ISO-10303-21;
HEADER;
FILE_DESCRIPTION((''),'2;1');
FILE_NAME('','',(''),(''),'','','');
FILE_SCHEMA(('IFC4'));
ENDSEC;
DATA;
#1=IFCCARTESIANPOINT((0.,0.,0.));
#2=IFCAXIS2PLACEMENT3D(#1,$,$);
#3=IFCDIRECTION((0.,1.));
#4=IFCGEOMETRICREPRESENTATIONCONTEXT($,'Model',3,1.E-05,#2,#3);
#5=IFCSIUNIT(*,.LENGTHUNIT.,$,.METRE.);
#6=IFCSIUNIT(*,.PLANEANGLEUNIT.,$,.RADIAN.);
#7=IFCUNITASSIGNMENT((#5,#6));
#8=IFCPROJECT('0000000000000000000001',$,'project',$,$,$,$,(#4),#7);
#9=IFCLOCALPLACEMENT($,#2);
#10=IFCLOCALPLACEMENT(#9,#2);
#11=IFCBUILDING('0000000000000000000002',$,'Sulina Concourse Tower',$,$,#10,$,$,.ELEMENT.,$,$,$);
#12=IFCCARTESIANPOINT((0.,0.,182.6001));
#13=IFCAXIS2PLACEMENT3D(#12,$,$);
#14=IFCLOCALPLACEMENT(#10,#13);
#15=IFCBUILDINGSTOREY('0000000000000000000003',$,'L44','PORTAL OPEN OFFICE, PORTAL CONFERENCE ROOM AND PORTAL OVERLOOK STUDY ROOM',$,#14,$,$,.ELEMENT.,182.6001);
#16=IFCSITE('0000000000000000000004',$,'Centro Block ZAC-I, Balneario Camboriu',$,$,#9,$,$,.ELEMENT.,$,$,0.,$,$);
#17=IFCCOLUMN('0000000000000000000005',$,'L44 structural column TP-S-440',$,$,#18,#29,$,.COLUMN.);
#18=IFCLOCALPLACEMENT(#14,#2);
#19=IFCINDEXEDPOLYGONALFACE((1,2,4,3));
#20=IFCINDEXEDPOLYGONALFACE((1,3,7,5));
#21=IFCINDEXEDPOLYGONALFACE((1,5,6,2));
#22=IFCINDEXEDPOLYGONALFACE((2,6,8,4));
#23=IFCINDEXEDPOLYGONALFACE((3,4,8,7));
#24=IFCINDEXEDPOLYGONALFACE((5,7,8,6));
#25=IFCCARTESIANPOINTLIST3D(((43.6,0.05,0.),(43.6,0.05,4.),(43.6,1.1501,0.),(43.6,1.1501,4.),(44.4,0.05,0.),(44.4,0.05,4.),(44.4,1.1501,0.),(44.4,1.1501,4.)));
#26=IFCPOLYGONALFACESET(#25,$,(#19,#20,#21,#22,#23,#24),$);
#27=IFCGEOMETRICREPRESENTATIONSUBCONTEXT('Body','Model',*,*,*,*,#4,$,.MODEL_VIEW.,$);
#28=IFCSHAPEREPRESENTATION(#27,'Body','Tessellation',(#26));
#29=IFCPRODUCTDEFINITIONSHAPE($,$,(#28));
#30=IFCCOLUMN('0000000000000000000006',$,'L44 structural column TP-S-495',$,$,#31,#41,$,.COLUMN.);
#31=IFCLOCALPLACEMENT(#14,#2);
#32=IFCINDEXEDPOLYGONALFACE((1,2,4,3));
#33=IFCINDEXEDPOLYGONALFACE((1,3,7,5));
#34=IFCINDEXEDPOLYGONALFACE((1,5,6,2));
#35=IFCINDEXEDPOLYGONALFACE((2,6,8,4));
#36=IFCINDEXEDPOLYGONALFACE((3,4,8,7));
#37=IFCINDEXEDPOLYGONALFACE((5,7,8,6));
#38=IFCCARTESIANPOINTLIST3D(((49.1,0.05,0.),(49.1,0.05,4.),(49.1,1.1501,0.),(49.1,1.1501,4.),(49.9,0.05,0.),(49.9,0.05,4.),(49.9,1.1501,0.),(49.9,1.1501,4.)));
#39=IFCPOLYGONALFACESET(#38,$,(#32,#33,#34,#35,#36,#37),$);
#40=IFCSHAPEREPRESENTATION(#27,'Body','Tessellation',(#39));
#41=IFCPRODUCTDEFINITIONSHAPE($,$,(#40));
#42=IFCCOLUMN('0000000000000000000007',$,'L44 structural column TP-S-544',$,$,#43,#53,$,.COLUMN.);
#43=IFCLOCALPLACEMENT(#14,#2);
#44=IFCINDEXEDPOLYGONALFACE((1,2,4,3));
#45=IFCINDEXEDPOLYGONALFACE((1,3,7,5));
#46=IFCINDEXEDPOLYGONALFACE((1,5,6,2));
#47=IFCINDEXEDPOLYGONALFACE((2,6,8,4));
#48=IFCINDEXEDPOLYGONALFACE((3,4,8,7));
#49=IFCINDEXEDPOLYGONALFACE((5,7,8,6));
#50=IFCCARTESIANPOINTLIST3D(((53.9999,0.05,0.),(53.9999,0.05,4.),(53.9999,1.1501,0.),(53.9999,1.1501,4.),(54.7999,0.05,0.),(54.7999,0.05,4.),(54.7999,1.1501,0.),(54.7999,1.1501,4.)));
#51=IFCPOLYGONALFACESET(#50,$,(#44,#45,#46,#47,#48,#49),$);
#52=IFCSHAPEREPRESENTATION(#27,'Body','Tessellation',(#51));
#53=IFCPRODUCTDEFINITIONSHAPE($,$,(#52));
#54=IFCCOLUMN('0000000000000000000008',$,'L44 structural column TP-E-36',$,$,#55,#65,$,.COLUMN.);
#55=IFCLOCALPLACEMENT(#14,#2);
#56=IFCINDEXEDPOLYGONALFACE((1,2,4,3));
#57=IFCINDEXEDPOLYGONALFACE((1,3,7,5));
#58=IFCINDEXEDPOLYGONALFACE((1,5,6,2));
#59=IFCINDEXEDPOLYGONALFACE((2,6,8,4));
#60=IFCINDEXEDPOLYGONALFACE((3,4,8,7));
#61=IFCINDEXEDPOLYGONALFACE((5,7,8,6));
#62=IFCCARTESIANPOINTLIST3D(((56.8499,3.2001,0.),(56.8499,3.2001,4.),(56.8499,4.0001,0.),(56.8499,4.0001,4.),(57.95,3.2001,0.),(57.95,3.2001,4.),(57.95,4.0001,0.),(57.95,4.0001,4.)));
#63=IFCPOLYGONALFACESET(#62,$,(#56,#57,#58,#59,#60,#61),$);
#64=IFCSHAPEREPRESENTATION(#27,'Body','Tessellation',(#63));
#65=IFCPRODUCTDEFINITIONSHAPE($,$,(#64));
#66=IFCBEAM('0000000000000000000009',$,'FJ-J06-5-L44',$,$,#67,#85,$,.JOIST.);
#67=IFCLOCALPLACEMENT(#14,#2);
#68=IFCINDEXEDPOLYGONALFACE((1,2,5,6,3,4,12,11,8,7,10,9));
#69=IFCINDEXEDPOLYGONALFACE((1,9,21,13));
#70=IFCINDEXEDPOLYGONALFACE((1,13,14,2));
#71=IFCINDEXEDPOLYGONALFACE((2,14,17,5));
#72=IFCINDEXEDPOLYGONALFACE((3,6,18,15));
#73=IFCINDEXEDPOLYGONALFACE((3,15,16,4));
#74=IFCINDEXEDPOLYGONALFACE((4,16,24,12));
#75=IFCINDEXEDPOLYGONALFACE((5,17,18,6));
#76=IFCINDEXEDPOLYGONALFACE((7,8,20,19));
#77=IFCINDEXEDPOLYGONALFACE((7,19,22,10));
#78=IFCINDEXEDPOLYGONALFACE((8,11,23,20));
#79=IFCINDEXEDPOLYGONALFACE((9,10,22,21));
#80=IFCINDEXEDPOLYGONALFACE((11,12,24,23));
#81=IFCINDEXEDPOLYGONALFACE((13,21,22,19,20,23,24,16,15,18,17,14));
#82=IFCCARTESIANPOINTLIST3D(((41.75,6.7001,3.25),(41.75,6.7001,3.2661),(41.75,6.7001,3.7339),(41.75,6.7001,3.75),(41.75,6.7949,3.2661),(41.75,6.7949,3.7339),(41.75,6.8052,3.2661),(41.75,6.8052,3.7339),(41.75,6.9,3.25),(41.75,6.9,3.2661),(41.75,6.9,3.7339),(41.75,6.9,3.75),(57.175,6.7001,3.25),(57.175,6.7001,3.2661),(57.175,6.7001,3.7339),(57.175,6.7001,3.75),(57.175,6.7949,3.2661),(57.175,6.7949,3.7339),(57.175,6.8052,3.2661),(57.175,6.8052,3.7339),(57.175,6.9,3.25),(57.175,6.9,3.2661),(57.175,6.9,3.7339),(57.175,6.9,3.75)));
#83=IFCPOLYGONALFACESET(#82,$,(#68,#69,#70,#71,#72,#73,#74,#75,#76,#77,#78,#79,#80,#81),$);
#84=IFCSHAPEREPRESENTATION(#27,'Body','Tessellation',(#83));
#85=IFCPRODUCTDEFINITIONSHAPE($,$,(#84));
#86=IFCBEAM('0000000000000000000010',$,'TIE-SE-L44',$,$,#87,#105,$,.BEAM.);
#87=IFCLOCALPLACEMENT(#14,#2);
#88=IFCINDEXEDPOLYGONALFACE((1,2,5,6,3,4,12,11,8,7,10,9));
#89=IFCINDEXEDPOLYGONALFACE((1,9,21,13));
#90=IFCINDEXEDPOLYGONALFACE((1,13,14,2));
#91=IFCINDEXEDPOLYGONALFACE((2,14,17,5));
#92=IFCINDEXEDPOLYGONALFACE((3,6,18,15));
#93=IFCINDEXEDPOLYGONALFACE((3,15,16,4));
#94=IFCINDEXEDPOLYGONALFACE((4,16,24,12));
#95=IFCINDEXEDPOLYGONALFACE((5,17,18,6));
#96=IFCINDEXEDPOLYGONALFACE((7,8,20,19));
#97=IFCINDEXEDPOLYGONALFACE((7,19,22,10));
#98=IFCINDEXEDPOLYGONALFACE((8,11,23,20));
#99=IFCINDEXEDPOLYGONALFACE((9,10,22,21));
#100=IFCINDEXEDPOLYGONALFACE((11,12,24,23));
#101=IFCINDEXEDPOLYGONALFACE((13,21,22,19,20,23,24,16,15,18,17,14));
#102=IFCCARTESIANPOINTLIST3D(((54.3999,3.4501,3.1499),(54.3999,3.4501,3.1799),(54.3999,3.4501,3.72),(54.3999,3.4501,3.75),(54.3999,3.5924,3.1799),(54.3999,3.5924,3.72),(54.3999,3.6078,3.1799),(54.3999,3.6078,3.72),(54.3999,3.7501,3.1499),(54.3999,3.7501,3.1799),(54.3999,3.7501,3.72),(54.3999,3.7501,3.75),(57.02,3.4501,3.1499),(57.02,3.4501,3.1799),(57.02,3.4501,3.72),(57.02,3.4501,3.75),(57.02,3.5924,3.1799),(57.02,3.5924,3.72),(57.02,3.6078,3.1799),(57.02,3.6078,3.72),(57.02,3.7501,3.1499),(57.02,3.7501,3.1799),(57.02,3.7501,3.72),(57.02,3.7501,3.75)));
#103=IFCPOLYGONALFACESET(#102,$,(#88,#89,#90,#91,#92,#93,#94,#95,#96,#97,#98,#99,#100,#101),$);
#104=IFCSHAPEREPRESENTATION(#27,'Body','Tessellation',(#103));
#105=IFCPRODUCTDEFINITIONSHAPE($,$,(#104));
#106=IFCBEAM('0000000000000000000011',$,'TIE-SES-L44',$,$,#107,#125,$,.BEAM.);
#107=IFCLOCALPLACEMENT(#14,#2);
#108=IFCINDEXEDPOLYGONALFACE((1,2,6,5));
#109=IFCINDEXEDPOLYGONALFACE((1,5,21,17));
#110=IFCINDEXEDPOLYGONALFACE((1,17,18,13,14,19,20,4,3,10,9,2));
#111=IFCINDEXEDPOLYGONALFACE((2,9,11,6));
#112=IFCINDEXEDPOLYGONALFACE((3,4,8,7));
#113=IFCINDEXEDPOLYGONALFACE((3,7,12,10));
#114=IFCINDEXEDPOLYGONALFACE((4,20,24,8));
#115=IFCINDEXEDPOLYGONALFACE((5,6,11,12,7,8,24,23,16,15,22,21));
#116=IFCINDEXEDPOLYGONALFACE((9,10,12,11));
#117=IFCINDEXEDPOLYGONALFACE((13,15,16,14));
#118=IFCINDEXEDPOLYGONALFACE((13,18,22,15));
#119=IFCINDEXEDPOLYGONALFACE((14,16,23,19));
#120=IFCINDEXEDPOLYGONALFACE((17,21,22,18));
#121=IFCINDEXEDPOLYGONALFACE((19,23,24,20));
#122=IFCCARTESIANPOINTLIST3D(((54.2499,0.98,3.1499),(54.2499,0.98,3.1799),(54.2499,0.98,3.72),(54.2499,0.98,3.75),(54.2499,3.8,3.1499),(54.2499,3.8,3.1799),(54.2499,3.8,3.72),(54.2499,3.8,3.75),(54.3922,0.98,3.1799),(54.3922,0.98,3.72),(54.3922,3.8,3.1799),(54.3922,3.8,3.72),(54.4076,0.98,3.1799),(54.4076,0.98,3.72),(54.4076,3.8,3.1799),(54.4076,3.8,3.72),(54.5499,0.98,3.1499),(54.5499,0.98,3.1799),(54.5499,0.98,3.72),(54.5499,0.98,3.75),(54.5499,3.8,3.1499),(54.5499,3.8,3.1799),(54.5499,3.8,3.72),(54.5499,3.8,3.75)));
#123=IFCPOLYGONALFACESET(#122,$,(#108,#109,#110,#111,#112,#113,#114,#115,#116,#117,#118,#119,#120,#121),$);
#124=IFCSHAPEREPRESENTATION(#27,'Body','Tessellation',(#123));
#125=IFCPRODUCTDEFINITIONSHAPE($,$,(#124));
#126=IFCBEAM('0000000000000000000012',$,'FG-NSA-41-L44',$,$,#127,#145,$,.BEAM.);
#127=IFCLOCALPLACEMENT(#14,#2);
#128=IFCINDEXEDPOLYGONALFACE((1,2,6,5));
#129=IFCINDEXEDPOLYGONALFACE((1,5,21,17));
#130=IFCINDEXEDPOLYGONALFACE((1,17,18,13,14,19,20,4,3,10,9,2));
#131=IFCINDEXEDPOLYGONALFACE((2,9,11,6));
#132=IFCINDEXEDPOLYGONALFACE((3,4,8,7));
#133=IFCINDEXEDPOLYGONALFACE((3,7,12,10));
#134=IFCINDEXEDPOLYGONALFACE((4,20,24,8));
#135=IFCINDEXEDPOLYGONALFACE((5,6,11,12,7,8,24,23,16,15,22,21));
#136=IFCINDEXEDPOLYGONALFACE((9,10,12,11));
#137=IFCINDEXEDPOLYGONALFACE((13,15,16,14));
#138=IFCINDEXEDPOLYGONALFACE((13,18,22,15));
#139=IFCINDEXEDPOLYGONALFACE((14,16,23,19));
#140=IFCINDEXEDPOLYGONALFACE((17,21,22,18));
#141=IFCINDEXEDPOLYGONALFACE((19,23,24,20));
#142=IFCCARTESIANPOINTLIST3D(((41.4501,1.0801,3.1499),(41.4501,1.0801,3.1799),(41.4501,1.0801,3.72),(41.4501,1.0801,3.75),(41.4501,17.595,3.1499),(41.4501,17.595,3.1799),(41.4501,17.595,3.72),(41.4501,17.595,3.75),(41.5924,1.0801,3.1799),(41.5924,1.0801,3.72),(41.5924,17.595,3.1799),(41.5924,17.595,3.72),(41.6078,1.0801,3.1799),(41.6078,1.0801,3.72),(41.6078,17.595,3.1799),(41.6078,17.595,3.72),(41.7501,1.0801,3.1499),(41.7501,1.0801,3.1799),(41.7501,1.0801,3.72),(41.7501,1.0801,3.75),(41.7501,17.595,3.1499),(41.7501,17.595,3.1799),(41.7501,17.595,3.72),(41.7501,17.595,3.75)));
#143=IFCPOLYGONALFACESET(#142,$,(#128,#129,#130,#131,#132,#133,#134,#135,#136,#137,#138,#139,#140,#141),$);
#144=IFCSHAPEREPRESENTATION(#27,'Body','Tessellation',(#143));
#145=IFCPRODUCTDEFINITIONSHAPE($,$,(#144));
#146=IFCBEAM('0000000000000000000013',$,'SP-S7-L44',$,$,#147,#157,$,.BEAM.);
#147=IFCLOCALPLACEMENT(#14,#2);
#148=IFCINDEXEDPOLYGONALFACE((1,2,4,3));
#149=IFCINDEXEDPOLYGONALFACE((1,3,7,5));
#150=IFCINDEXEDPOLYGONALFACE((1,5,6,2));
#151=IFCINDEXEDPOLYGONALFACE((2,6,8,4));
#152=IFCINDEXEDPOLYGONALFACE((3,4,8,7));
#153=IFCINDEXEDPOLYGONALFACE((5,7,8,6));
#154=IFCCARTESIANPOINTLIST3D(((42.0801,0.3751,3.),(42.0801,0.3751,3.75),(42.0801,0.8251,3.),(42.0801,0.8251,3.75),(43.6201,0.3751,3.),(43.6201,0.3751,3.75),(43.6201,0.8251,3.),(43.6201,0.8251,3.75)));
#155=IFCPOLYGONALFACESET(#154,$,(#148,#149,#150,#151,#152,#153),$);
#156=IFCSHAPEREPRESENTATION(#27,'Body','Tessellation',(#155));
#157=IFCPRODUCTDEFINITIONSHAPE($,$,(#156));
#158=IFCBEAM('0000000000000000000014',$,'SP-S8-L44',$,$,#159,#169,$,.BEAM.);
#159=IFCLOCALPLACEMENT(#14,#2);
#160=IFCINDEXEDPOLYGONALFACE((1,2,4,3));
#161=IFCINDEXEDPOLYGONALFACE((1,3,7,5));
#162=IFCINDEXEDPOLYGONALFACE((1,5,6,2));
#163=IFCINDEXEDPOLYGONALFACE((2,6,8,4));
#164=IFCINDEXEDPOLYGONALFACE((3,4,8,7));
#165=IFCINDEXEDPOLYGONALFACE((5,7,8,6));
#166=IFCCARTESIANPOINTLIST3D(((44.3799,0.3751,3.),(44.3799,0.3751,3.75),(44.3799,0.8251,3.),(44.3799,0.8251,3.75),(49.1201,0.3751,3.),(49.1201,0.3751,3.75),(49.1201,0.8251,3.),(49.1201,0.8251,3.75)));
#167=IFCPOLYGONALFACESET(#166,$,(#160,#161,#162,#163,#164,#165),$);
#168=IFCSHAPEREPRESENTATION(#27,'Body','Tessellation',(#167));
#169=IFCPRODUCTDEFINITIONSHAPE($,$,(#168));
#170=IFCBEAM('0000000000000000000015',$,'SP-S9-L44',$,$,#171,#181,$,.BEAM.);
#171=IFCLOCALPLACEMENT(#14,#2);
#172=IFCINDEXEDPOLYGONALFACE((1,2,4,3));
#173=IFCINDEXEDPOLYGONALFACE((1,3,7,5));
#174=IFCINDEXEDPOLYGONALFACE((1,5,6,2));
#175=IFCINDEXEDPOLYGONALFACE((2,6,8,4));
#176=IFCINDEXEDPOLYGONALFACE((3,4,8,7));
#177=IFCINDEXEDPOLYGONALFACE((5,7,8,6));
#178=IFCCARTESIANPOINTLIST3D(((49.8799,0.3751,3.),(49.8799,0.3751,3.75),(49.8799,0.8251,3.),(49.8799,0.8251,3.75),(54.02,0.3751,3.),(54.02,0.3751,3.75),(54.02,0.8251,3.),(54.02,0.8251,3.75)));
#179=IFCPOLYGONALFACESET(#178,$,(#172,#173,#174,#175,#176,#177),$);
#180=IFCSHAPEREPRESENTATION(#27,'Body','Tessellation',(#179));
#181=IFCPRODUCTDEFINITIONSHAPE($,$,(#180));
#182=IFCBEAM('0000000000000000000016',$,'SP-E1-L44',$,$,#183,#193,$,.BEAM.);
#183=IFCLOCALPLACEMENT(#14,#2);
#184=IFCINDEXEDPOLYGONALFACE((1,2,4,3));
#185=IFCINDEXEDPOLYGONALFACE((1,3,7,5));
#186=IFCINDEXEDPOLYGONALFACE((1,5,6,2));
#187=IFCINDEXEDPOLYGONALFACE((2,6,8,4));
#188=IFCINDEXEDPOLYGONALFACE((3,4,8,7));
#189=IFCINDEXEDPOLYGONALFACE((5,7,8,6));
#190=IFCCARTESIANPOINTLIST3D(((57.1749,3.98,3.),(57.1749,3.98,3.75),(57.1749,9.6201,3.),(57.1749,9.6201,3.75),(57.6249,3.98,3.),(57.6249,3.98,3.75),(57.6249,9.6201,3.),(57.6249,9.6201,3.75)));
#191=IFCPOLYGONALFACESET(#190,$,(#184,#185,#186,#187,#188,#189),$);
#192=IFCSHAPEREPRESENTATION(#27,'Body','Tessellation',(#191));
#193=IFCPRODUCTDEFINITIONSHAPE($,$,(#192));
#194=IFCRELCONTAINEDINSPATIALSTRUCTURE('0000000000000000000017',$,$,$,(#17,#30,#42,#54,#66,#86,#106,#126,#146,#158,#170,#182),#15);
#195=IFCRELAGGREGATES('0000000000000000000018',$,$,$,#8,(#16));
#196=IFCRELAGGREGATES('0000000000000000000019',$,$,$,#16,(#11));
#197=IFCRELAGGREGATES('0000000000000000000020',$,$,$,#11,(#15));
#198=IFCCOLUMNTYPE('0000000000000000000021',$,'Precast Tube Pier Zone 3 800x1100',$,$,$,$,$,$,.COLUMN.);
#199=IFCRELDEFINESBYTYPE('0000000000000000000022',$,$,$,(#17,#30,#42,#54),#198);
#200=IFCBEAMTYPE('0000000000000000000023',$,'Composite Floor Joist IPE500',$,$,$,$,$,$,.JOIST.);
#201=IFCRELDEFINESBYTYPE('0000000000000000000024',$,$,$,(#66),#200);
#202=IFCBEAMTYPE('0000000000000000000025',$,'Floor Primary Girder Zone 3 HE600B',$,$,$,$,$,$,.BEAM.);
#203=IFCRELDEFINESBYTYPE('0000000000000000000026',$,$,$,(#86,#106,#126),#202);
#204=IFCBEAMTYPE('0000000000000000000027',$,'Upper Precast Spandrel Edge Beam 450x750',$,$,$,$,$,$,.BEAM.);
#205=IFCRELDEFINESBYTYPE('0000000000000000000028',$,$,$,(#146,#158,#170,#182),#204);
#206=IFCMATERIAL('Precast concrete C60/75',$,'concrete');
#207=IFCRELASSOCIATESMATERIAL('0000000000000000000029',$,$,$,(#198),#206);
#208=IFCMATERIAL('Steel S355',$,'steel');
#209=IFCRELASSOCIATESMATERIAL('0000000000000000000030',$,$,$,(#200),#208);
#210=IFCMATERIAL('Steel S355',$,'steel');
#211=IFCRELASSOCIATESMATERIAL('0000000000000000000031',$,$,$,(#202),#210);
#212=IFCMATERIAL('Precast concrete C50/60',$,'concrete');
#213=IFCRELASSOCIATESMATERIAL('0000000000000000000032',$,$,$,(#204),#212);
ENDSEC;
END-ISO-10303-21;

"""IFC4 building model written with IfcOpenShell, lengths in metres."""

from ifc_helpers import new_model, si_unit, direction, frame, origin, origin_2d, place, context, subcontext, project, spatial, rectangle, i_section, extrude, material, material_profile, profile_set, type_object, element, save


model = new_model("IFC4")

# Units and contexts
model_context = context("Model", 3, precision=1e-05, world=origin(), true_north=direction((0.0, 1.0)))
body_context = subcontext(model_context, "Body", "Model", "MODEL_VIEW")
ifc_project = project(units=[si_unit("LENGTHUNIT", "METRE"), si_unit("PLANEANGLEUNIT", "RADIAN")], contexts=[model_context])

# Site, building, storey
site_placement = place(None, origin())
site = spatial("IfcSite", under=ifc_project, at=site_placement, Name="Centro Block ZAC-I, Balneario Camboriu", CompositionType="ELEMENT", RefElevation=0.0)
building_placement = place(site_placement, origin())
building = spatial("IfcBuilding", under=site, at=building_placement, Name="Sulina Concourse Tower", CompositionType="ELEMENT")
storey_placement = place(building_placement, frame((0.0, 0.0, 182.6001)))
storey = spatial("IfcBuildingStorey", under=building, at=storey_placement, Name="L44", Description="PORTAL OPEN OFFICE, PORTAL CONFERENCE ROOM AND PORTAL OVERLOOK STUDY ROOM", CompositionType="ELEMENT", Elevation=182.6001)

# Columns
ifc_material_1 = material(Name="Precast concrete C60/75", Category="concrete")
ifc_material_profile_1 = material_profile(ifc_material_1, rectangle(XDim=0.8, YDim=1.1001, at=origin_2d()), Name="PC 800x1100")
ifc_profile_set_1 = profile_set([ifc_material_profile_1], Name="Precast concrete C60/75")
column_type = type_object("IfcColumnType", Name="Precast Tube Pier Zone 3 800x1100", PredefinedType="COLUMN", material=ifc_profile_set_1)
for number, where, z_axis, x_axis, name in (
    (1, (44.0, 0.6001, 0.0), (0.0, 0.0, 1.0), (1.0, 0.0, 0.0), "L44 structural column TP-S-440"),
    (2, (49.5, 0.6001, 0.0), (0.0, 0.0, 1.0), (1.0, 0.0, 0.0), "L44 structural column TP-S-495"),
    (3, (54.3999, 0.6001, 0.0), (0.0, 0.0, 1.0), (1.0, 0.0, 0.0), "L44 structural column TP-S-544"),
    (4, (57.3999, 3.6001, 0.0), (0.0, 0.0, 1.0), (0.0, 1.0, 0.0), "L44 structural column TP-E-36"),
):
    element("IfcColumn", number, at=place(storey_placement, frame(where, z_axis=z_axis, x_axis=x_axis)), inside=storey, type_object=column_type, Name=name, PredefinedType="COLUMN", context=body_context, shape_type="SweptSolid", body=[
        extrude(rectangle(XDim=0.8, YDim=1.1001, at=origin_2d()), origin(), (0.0, 0.0, 1.0), 4.0),
    ])

# Beams
ifc_material_2 = material(Name="Steel S355", Category="steel")
ifc_material_profile_2 = material_profile(ifc_material_2, i_section(OverallWidth=0.2, OverallDepth=0.5, WebThickness=0.0103, FlangeThickness=0.0161, at=origin_2d()), Name="IPE 500")
ifc_profile_set_2 = profile_set([ifc_material_profile_2], Name="Steel S355")
beam_type_1 = type_object("IfcBeamType", Name="Composite Floor Joist IPE500", PredefinedType="JOIST", material=ifc_profile_set_2)
beam_1_placement = place(storey_placement, frame((41.75, 6.8, 3.5), z_axis=(1.0, 0.0, 0.0), x_axis=(0.0, 1.0, 0.0)))
element("IfcBeam", 5, at=beam_1_placement, inside=storey, type_object=beam_type_1, Name="FJ-J06-5-L44", PredefinedType="JOIST", context=body_context, shape_type="SweptSolid", body=[
    extrude(i_section(OverallWidth=0.2, OverallDepth=0.5, WebThickness=0.0103, FlangeThickness=0.0161, at=origin_2d()), origin(), (0.0, 0.0, 1.0), 15.425),
])
ifc_material_3 = material(Name="Steel S355", Category="steel")
ifc_material_profile_3 = material_profile(ifc_material_3, i_section(OverallWidth=0.3, OverallDepth=0.6001, WebThickness=0.0154, FlangeThickness=0.03, at=origin_2d()), Name="HE 600 B")
ifc_profile_set_3 = profile_set([ifc_material_profile_3], Name="Steel S355")
beam_type_2 = type_object("IfcBeamType", Name="Floor Primary Girder Zone 3 HE600B", PredefinedType="BEAM", material=ifc_profile_set_3)
beam_2_placement = place(storey_placement, frame((54.3999, 3.6001, 3.45), z_axis=(1.0, 0.0, 0.0), x_axis=(0.0, 1.0, 0.0)))
element("IfcBeam", 6, at=beam_2_placement, inside=storey, type_object=beam_type_2, Name="TIE-SE-L44", PredefinedType="BEAM", context=body_context, shape_type="SweptSolid", body=[
    extrude(i_section(OverallWidth=0.3, OverallDepth=0.6001, WebThickness=0.0154, FlangeThickness=0.03, at=origin_2d()), origin(), (0.0, 0.0, 1.0), 2.6201),
])
beam_3_placement = place(storey_placement, frame((54.3999, 0.98, 3.45), z_axis=(0.0, 1.0, 0.0), x_axis=(-1.0, 0.0, 0.0)))
element("IfcBeam", 7, at=beam_3_placement, inside=storey, type_object=beam_type_2, Name="TIE-SES-L44", PredefinedType="BEAM", context=body_context, shape_type="SweptSolid", body=[
    extrude(i_section(OverallWidth=0.3, OverallDepth=0.6001, WebThickness=0.0154, FlangeThickness=0.03, at=origin_2d()), origin(), (0.0, 0.0, 1.0), 2.8201),
])
beam_4_placement = place(storey_placement, frame((41.6001, 1.0801, 3.45), z_axis=(0.0, 1.0, 0.0), x_axis=(-1.0, 0.0, 0.0)))
element("IfcBeam", 8, at=beam_4_placement, inside=storey, type_object=beam_type_2, Name="FG-NSA-41-L44", PredefinedType="BEAM", context=body_context, shape_type="SweptSolid", body=[
    extrude(i_section(OverallWidth=0.3, OverallDepth=0.6001, WebThickness=0.0154, FlangeThickness=0.03, at=origin_2d()), origin(), (0.0, 0.0, 1.0), 16.5149),
])
ifc_material_4 = material(Name="Precast concrete C50/60", Category="concrete")
ifc_material_profile_4 = material_profile(ifc_material_4, rectangle(XDim=0.45, YDim=0.75, at=origin_2d()), Name="RC 450x750")
ifc_profile_set_4 = profile_set([ifc_material_profile_4], Name="Precast concrete C50/60")
beam_type_3 = type_object("IfcBeamType", Name="Upper Precast Spandrel Edge Beam 450x750", PredefinedType="BEAM", material=ifc_profile_set_4)
beam_5_placement = place(storey_placement, frame((42.0801, 0.6001, 3.375), z_axis=(1.0, 0.0, 0.0), x_axis=(0.0, 1.0, 0.0)))
element("IfcBeam", 9, at=beam_5_placement, inside=storey, type_object=beam_type_3, Name="SP-S7-L44", PredefinedType="BEAM", context=body_context, shape_type="SweptSolid", body=[
    extrude(rectangle(XDim=0.45, YDim=0.75, at=origin_2d()), origin(), (0.0, 0.0, 1.0), 1.54),
])
beam_6_placement = place(storey_placement, frame((44.3799, 0.6001, 3.375), z_axis=(1.0, 0.0, 0.0), x_axis=(0.0, 1.0, 0.0)))
element("IfcBeam", 10, at=beam_6_placement, inside=storey, type_object=beam_type_3, Name="SP-S8-L44", PredefinedType="BEAM", context=body_context, shape_type="SweptSolid", body=[
    extrude(rectangle(XDim=0.45, YDim=0.75, at=origin_2d()), origin(), (0.0, 0.0, 1.0), 4.7402),
])
beam_7_placement = place(storey_placement, frame((49.8799, 0.6001, 3.375), z_axis=(1.0, 0.0, 0.0), x_axis=(0.0, 1.0, 0.0)))
element("IfcBeam", 11, at=beam_7_placement, inside=storey, type_object=beam_type_3, Name="SP-S9-L44", PredefinedType="BEAM", context=body_context, shape_type="SweptSolid", body=[
    extrude(rectangle(XDim=0.45, YDim=0.75, at=origin_2d()), origin(), (0.0, 0.0, 1.0), 4.1401),
])
beam_8_placement = place(storey_placement, frame((57.3999, 3.98, 3.375), z_axis=(0.0, 1.0, 0.0), x_axis=(-1.0, 0.0, 0.0)))
element("IfcBeam", 12, at=beam_8_placement, inside=storey, type_object=beam_type_3, Name="SP-E1-L44", PredefinedType="BEAM", context=body_context, shape_type="SweptSolid", body=[
    extrude(rectangle(XDim=0.45, YDim=0.75, at=origin_2d()), origin(), (0.0, 0.0, 1.0), 5.6401),
])

save(model, "model.ifc")
